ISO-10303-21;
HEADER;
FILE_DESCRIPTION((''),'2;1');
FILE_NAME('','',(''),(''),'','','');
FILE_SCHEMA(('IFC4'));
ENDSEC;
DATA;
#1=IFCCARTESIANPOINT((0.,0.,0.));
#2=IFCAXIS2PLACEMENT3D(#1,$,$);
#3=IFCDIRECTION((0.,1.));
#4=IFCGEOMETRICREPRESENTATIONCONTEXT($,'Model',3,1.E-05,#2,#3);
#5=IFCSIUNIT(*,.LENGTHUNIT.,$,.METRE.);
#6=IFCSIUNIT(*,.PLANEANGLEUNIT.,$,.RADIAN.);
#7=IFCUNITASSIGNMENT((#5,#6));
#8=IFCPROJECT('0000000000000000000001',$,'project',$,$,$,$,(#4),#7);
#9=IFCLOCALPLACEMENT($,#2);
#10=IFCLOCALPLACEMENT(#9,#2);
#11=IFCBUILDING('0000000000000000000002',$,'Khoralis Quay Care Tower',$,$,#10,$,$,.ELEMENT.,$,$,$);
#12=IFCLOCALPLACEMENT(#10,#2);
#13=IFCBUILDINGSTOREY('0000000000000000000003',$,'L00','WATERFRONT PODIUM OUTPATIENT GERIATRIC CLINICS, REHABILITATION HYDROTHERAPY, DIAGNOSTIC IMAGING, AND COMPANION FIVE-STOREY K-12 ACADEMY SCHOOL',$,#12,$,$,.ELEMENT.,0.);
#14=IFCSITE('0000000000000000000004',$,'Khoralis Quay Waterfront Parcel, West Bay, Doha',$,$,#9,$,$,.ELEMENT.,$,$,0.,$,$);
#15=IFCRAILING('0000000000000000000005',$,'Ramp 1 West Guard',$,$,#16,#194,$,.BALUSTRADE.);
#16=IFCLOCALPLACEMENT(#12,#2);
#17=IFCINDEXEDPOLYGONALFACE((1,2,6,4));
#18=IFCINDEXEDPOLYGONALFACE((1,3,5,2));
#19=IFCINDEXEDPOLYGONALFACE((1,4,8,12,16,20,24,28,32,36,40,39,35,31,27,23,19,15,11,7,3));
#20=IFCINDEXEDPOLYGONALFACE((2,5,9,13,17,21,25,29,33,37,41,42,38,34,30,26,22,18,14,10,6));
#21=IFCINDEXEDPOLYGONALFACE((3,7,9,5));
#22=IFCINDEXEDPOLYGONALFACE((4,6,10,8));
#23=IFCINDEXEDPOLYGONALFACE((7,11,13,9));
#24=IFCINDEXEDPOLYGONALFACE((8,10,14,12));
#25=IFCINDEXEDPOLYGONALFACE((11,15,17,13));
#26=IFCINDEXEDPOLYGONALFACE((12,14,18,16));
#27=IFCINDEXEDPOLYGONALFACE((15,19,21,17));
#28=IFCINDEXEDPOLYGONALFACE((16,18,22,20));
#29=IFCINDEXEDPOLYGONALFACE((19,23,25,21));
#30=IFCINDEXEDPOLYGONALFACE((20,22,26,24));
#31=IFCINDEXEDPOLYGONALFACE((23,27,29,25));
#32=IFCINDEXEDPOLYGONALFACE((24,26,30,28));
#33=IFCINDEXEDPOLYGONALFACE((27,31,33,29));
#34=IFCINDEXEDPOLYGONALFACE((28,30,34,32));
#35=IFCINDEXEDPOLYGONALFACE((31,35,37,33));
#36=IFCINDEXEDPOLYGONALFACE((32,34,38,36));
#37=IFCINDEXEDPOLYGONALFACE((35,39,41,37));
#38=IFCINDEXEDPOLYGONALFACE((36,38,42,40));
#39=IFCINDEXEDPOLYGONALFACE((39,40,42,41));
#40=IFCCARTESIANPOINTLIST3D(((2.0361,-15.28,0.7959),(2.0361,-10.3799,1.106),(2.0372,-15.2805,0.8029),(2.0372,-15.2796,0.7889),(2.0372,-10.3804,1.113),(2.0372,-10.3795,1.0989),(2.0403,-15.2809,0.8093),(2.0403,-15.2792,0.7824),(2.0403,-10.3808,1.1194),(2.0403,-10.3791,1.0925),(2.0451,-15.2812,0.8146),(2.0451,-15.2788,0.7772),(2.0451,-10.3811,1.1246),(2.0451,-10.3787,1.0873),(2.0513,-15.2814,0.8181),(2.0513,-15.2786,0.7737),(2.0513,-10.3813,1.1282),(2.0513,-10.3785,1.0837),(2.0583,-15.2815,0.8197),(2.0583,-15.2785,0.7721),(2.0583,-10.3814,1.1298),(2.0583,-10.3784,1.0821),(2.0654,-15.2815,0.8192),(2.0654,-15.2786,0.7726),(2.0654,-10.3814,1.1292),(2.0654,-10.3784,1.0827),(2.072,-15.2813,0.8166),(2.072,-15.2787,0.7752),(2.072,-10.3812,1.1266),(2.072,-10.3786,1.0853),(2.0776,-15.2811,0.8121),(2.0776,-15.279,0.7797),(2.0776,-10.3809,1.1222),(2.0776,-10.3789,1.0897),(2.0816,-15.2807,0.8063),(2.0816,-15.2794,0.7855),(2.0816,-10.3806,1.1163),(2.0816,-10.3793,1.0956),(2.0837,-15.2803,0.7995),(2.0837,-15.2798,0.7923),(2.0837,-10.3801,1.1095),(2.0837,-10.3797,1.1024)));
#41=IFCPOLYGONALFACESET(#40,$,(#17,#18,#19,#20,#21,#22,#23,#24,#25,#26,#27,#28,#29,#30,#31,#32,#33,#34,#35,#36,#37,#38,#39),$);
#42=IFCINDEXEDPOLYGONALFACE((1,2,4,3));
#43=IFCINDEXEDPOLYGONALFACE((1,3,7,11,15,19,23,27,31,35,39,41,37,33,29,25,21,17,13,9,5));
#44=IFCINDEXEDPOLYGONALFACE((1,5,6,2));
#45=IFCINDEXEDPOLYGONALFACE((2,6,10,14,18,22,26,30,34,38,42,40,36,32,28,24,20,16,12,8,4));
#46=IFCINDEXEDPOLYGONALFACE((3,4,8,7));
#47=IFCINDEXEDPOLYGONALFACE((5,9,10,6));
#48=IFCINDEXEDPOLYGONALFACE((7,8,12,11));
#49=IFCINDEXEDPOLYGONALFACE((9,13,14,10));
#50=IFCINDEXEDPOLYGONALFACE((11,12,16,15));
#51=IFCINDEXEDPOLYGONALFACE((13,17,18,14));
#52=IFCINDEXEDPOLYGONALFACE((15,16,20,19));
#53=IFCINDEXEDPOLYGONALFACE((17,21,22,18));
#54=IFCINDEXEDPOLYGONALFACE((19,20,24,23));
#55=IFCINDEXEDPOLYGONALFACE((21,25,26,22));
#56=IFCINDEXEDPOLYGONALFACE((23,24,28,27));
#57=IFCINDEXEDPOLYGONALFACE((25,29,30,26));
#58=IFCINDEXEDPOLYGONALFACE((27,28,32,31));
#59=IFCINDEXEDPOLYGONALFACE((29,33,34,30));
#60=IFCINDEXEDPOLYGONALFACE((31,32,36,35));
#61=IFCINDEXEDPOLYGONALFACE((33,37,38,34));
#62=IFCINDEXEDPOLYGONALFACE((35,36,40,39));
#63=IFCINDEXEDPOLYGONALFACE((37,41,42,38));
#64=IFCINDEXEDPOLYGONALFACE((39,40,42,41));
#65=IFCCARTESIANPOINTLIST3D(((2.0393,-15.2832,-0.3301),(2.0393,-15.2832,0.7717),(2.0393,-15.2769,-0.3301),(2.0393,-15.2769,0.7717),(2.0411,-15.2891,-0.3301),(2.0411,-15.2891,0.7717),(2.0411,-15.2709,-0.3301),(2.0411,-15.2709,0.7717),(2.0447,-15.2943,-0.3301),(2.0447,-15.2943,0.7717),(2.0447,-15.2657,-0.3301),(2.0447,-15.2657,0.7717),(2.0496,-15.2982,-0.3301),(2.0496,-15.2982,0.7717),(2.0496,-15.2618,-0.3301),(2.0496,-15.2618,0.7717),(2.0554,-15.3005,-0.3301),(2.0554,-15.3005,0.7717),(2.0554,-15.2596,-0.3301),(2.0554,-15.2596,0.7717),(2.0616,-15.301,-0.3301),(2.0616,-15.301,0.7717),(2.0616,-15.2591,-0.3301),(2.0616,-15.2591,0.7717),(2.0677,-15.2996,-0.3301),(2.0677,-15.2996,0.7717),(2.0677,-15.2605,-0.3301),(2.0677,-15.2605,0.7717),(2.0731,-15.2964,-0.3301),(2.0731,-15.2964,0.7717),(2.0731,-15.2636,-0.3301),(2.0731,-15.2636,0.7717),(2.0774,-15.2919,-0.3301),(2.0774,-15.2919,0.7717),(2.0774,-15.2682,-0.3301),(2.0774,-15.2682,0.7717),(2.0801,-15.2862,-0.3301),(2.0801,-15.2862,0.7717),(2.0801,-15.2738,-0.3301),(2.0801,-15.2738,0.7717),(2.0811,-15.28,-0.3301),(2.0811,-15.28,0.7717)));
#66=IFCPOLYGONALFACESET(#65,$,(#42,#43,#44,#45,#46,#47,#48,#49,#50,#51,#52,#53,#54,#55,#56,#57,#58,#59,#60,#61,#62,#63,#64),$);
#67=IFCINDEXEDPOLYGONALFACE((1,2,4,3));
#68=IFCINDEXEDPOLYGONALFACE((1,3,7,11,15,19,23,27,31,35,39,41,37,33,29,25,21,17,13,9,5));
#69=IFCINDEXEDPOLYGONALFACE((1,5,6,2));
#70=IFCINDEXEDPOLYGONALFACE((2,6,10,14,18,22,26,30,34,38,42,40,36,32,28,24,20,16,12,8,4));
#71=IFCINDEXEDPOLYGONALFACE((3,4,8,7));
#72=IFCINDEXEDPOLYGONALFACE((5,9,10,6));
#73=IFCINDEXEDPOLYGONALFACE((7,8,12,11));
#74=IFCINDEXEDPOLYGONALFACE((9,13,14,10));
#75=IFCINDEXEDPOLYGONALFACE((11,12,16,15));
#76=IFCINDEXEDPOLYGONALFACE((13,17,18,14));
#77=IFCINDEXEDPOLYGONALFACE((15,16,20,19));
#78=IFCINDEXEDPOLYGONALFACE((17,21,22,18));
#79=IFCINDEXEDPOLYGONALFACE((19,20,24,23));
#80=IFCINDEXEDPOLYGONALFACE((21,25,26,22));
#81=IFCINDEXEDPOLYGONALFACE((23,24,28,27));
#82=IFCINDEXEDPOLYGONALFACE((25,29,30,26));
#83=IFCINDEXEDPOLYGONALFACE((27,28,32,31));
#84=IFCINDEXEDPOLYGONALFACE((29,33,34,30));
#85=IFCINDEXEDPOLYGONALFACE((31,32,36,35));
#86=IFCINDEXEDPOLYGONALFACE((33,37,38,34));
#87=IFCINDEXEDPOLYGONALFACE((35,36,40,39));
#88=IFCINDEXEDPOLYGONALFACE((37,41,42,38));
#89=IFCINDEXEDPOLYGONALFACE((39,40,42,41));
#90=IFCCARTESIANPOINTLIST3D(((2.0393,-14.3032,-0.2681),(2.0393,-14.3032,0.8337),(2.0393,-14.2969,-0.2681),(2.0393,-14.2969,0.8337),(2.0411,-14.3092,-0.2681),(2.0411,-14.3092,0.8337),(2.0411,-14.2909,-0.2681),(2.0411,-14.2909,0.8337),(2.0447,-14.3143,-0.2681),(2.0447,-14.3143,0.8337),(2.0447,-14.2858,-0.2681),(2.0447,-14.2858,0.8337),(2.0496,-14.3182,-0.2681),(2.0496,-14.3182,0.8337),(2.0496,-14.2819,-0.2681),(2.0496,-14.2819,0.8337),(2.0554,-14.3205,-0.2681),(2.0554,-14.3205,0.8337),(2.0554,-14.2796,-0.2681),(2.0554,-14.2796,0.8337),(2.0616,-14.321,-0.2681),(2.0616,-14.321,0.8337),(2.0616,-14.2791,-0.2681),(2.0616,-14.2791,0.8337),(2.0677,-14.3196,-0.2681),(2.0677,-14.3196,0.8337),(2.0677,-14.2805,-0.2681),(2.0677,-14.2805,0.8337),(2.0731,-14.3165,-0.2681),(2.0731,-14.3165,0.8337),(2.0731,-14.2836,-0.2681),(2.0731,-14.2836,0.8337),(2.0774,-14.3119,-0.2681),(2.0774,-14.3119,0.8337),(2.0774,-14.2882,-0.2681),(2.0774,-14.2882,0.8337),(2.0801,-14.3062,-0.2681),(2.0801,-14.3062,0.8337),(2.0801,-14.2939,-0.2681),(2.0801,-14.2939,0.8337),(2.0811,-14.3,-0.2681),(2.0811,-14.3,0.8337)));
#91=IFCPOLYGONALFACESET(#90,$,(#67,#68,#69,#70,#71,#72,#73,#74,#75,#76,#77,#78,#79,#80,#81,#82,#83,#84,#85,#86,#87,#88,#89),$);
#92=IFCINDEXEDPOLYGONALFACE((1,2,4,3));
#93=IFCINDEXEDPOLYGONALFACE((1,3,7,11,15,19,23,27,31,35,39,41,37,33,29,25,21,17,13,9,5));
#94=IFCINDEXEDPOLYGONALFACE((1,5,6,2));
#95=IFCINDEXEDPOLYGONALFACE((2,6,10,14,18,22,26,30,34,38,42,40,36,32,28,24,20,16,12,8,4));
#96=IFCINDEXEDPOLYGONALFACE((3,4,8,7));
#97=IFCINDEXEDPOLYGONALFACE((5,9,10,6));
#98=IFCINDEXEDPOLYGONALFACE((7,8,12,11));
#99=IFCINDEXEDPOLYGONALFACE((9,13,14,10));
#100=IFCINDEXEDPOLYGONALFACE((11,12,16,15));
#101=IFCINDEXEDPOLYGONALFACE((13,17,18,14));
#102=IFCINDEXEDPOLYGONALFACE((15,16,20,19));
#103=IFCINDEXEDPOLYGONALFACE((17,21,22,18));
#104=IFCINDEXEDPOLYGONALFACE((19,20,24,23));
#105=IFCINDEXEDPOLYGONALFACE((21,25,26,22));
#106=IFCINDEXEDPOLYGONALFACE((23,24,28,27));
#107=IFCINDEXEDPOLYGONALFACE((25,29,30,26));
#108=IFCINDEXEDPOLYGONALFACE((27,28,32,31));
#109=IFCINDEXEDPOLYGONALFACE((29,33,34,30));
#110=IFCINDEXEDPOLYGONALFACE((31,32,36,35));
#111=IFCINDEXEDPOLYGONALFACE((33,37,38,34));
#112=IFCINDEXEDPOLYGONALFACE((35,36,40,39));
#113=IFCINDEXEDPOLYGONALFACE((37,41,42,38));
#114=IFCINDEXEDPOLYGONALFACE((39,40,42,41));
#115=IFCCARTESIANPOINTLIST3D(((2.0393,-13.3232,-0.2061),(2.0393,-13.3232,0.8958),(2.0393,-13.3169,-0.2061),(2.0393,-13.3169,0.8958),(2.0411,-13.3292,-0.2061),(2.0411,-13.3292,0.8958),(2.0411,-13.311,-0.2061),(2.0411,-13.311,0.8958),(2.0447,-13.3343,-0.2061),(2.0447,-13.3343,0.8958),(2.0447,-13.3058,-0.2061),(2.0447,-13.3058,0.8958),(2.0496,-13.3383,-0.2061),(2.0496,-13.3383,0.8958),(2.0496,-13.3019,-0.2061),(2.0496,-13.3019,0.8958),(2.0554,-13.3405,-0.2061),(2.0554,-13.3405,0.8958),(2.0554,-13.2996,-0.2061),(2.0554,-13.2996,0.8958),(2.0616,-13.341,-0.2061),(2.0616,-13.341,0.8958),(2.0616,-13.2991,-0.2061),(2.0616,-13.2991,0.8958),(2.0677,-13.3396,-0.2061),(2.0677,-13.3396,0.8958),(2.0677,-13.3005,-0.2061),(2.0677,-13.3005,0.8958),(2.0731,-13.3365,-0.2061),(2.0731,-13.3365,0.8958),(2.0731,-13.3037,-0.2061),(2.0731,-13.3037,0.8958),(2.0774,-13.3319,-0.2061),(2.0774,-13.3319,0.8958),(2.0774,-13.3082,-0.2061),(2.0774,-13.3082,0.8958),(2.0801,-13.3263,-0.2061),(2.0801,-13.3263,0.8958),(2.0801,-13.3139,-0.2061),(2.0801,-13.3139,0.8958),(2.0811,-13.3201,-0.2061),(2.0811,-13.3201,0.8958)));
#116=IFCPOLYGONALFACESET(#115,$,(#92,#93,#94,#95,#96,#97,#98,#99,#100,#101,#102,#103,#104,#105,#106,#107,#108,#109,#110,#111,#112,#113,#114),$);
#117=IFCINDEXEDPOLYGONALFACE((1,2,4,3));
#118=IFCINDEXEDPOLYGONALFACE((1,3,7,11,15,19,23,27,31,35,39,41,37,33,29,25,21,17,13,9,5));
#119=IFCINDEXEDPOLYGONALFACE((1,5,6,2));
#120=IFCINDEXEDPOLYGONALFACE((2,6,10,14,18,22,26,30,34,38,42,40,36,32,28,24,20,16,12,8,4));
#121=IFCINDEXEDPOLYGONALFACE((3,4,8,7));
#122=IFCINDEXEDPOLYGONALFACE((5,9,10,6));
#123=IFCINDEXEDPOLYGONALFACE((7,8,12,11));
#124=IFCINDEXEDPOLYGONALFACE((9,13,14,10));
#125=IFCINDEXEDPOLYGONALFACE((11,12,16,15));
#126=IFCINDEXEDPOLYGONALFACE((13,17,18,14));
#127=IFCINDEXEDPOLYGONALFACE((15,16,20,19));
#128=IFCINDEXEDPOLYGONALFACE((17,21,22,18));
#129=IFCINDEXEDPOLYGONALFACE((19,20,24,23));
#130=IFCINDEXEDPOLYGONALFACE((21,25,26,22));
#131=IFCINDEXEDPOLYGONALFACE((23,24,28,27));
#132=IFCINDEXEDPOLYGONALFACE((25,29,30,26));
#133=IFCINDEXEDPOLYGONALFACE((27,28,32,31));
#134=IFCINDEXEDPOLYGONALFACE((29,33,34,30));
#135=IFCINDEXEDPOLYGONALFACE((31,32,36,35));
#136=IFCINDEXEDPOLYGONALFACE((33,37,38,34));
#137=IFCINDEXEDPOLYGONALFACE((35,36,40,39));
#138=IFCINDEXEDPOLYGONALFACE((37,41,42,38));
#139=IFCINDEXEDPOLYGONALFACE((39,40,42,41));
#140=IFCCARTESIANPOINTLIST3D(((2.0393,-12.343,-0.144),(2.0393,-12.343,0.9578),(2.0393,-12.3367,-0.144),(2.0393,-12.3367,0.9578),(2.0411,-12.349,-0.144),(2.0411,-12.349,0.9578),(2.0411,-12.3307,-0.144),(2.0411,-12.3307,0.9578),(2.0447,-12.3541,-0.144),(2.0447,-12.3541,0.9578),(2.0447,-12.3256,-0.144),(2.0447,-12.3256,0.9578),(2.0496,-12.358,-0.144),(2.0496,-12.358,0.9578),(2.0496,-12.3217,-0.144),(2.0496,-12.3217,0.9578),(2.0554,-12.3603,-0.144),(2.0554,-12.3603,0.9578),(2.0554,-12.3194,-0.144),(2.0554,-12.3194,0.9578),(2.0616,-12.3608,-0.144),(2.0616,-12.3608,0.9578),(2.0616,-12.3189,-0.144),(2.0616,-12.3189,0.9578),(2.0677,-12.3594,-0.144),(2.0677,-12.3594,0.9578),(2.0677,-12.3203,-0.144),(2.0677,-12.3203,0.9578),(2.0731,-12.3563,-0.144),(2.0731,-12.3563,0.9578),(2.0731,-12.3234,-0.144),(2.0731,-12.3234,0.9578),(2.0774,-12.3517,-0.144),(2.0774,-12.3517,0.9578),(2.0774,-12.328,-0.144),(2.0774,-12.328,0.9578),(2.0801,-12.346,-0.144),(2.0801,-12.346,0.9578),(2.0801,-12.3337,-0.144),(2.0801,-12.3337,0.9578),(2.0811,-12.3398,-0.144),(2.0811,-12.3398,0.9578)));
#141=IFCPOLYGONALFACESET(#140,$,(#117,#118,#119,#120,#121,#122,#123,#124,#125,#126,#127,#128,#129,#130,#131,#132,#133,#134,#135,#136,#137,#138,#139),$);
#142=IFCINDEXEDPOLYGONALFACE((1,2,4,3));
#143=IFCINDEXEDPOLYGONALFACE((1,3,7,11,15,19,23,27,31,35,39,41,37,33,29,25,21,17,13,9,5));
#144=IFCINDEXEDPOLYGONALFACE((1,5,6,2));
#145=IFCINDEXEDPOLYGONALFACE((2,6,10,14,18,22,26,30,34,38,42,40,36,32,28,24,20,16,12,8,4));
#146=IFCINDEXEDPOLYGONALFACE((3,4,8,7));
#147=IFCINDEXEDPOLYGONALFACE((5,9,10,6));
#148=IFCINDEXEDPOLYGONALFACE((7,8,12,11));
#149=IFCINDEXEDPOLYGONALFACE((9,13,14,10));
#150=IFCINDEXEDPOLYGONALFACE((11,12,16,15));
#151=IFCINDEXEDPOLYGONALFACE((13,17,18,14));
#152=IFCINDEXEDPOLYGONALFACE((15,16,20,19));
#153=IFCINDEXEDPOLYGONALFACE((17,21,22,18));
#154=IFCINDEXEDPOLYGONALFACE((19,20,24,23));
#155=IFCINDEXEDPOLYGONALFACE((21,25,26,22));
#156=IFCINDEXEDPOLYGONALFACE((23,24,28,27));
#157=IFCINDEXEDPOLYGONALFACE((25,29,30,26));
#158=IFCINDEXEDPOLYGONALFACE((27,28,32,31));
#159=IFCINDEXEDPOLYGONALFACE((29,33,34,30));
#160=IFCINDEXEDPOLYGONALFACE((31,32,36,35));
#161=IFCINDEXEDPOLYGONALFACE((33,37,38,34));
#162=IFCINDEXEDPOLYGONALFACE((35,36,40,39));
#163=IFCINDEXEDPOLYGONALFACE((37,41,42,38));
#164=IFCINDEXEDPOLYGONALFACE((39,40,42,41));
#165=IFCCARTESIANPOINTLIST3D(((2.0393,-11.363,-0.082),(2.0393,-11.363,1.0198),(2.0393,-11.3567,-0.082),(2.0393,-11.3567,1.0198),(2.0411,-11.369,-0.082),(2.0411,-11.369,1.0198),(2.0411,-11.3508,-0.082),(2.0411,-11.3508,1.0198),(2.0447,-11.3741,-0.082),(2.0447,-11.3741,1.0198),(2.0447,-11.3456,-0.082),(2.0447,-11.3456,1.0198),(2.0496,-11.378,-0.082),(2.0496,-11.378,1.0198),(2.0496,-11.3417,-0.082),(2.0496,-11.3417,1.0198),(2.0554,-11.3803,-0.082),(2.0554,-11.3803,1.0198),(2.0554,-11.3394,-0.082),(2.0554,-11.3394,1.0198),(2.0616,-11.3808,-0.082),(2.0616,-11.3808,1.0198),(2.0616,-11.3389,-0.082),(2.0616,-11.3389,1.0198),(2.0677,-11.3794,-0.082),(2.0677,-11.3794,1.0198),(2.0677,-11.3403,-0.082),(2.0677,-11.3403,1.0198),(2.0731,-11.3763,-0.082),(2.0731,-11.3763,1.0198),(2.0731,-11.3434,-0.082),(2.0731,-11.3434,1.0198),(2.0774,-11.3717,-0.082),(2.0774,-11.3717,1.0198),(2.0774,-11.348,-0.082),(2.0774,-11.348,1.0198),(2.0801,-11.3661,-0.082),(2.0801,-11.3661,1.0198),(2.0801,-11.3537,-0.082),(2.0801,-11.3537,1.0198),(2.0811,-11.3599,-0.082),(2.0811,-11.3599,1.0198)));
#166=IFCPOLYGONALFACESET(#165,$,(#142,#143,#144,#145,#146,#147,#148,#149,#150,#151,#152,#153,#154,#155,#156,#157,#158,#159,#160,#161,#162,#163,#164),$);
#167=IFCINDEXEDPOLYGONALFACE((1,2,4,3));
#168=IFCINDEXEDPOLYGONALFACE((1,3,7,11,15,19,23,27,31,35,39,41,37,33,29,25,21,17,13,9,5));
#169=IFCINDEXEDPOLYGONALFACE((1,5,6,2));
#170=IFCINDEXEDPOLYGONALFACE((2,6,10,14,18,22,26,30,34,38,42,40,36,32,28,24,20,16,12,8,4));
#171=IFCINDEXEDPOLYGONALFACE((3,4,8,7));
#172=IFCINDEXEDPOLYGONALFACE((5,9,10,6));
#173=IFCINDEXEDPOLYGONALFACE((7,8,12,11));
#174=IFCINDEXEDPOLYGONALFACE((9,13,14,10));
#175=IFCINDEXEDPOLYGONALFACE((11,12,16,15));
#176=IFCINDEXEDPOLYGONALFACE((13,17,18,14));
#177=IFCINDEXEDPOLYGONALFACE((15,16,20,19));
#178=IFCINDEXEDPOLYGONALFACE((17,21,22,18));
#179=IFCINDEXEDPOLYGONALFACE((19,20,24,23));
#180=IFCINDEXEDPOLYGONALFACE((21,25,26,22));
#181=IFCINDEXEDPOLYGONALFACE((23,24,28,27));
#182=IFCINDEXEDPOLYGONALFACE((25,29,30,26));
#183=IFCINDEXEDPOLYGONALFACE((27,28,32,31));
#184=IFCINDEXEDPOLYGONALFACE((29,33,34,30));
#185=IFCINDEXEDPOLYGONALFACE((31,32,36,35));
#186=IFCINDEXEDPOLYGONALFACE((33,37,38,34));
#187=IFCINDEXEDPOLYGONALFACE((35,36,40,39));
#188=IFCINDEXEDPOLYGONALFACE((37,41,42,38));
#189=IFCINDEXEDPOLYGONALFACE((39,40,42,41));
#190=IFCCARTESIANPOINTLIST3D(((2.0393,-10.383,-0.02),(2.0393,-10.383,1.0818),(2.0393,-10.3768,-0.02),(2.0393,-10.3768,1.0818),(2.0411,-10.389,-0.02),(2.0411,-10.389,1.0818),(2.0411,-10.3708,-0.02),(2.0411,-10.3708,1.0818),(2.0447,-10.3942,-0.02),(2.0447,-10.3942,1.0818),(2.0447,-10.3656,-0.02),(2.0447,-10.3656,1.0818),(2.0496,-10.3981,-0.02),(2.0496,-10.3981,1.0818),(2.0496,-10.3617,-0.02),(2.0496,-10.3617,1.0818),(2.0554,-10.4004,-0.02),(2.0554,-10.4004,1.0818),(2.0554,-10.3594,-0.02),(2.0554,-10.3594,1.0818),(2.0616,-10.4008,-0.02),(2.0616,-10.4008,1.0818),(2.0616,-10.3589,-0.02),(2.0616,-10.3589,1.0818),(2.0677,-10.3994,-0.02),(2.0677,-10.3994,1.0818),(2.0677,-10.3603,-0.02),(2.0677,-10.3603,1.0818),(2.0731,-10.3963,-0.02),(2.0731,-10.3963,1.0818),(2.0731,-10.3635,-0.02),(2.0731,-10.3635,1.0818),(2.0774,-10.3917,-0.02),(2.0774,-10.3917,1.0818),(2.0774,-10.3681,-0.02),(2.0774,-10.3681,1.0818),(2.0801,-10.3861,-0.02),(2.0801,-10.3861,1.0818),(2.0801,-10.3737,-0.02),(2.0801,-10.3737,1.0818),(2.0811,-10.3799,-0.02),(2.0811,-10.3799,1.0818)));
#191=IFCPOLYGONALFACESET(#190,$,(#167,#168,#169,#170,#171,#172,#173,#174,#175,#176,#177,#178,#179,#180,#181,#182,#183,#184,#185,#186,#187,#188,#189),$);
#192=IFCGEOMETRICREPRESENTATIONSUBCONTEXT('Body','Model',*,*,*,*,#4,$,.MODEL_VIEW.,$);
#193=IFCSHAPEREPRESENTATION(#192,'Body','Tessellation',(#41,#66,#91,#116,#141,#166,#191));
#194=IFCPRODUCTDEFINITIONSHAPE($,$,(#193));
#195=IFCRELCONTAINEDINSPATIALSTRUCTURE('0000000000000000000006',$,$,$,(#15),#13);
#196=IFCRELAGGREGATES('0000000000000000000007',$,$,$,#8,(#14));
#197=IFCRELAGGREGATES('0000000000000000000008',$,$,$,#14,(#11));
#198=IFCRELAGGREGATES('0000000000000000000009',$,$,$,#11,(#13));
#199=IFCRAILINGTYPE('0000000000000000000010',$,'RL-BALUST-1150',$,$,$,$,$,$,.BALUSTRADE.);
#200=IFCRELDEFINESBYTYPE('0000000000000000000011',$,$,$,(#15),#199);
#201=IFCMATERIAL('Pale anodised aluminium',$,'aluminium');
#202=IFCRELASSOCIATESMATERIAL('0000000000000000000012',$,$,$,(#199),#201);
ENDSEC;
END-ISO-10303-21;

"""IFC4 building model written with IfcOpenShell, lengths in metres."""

from ifc_helpers import new_model, si_unit, direction, frame, origin, origin_2d, place, context, subcontext, project, spatial, circle, extrude, material, type_object, element, save


model = new_model("IFC4")

# Units and contexts
model_context = context("Model", 3, precision=1e-05, world=origin(), true_north=direction((0.0, 1.0)))
body_context = subcontext(model_context, "Body", "Model", "MODEL_VIEW")
ifc_project = project(units=[si_unit("LENGTHUNIT", "METRE"), si_unit("PLANEANGLEUNIT", "RADIAN")], contexts=[model_context])

# Site, building, storey
site_placement = place(None, origin())
site = spatial("IfcSite", under=ifc_project, at=site_placement, Name="Khoralis Quay Waterfront Parcel, West Bay, Doha", CompositionType="ELEMENT", RefElevation=0.0)
building_placement = place(site_placement, origin())
building = spatial("IfcBuilding", under=site, at=building_placement, Name="Khoralis Quay Care Tower", CompositionType="ELEMENT")
storey_placement = place(building_placement, origin())
storey = spatial("IfcBuildingStorey", under=building, at=storey_placement, Name="L00", Description="WATERFRONT PODIUM OUTPATIENT GERIATRIC CLINICS, REHABILITATION HYDROTHERAPY, DIAGNOSTIC IMAGING, AND COMPANION FIVE-STOREY K-12 ACADEMY SCHOOL", CompositionType="ELEMENT", Elevation=0.0)

# Railing
ifc_material_1 = material(Name="Pale anodised aluminium", Category="aluminium")
railing_type = type_object("IfcRailingType", Name="RL-BALUST-1150", PredefinedType="BALUSTRADE", material=ifc_material_1)
for number, where, name in (
    (1, (2.0601, -15.28, -0.3301), "Ramp 1 West Guard"),
):
    element("IfcRailing", number, at=place(storey_placement, frame(where)), inside=storey, type_object=railing_type, Name=name, PredefinedType="BALUSTRADE", context=body_context, shape_type="SweptSolid", body=[
        extrude(circle(Radius=0.0239, at=origin_2d()), frame((0.0, 0.0, 1.126), z_axis=(0.0, 0.998004, 0.063149), x_axis=(-1.0, 0.0, 0.0)), (0.0, 0.0, 1.0), 4.9099),
        extrude(circle(Radius=0.021, at=origin_2d()), origin(), (0.0, 0.0, 1.0), 1.1018),
        extrude(circle(Radius=0.021, at=origin_2d()), frame((0.0, 0.98, 0.062)), (0.0, 0.0, 1.0), 1.1018),
        extrude(circle(Radius=0.021, at=origin_2d()), frame((0.0, 1.96, 0.124)), (0.0, 0.0, 1.0), 1.1018),
        extrude(circle(Radius=0.021, at=origin_2d()), frame((0.0, 2.9402, 0.186)), (0.0, 0.0, 1.0), 1.1018),
        extrude(circle(Radius=0.021, at=origin_2d()), frame((0.0, 3.9202, 0.248)), (0.0, 0.0, 1.0), 1.1018),
        extrude(circle(Radius=0.021, at=origin_2d()), frame((0.0, 4.9001, 0.3101)), (0.0, 0.0, 1.0), 1.1018),
    ])

save(model, "model.ifc")
